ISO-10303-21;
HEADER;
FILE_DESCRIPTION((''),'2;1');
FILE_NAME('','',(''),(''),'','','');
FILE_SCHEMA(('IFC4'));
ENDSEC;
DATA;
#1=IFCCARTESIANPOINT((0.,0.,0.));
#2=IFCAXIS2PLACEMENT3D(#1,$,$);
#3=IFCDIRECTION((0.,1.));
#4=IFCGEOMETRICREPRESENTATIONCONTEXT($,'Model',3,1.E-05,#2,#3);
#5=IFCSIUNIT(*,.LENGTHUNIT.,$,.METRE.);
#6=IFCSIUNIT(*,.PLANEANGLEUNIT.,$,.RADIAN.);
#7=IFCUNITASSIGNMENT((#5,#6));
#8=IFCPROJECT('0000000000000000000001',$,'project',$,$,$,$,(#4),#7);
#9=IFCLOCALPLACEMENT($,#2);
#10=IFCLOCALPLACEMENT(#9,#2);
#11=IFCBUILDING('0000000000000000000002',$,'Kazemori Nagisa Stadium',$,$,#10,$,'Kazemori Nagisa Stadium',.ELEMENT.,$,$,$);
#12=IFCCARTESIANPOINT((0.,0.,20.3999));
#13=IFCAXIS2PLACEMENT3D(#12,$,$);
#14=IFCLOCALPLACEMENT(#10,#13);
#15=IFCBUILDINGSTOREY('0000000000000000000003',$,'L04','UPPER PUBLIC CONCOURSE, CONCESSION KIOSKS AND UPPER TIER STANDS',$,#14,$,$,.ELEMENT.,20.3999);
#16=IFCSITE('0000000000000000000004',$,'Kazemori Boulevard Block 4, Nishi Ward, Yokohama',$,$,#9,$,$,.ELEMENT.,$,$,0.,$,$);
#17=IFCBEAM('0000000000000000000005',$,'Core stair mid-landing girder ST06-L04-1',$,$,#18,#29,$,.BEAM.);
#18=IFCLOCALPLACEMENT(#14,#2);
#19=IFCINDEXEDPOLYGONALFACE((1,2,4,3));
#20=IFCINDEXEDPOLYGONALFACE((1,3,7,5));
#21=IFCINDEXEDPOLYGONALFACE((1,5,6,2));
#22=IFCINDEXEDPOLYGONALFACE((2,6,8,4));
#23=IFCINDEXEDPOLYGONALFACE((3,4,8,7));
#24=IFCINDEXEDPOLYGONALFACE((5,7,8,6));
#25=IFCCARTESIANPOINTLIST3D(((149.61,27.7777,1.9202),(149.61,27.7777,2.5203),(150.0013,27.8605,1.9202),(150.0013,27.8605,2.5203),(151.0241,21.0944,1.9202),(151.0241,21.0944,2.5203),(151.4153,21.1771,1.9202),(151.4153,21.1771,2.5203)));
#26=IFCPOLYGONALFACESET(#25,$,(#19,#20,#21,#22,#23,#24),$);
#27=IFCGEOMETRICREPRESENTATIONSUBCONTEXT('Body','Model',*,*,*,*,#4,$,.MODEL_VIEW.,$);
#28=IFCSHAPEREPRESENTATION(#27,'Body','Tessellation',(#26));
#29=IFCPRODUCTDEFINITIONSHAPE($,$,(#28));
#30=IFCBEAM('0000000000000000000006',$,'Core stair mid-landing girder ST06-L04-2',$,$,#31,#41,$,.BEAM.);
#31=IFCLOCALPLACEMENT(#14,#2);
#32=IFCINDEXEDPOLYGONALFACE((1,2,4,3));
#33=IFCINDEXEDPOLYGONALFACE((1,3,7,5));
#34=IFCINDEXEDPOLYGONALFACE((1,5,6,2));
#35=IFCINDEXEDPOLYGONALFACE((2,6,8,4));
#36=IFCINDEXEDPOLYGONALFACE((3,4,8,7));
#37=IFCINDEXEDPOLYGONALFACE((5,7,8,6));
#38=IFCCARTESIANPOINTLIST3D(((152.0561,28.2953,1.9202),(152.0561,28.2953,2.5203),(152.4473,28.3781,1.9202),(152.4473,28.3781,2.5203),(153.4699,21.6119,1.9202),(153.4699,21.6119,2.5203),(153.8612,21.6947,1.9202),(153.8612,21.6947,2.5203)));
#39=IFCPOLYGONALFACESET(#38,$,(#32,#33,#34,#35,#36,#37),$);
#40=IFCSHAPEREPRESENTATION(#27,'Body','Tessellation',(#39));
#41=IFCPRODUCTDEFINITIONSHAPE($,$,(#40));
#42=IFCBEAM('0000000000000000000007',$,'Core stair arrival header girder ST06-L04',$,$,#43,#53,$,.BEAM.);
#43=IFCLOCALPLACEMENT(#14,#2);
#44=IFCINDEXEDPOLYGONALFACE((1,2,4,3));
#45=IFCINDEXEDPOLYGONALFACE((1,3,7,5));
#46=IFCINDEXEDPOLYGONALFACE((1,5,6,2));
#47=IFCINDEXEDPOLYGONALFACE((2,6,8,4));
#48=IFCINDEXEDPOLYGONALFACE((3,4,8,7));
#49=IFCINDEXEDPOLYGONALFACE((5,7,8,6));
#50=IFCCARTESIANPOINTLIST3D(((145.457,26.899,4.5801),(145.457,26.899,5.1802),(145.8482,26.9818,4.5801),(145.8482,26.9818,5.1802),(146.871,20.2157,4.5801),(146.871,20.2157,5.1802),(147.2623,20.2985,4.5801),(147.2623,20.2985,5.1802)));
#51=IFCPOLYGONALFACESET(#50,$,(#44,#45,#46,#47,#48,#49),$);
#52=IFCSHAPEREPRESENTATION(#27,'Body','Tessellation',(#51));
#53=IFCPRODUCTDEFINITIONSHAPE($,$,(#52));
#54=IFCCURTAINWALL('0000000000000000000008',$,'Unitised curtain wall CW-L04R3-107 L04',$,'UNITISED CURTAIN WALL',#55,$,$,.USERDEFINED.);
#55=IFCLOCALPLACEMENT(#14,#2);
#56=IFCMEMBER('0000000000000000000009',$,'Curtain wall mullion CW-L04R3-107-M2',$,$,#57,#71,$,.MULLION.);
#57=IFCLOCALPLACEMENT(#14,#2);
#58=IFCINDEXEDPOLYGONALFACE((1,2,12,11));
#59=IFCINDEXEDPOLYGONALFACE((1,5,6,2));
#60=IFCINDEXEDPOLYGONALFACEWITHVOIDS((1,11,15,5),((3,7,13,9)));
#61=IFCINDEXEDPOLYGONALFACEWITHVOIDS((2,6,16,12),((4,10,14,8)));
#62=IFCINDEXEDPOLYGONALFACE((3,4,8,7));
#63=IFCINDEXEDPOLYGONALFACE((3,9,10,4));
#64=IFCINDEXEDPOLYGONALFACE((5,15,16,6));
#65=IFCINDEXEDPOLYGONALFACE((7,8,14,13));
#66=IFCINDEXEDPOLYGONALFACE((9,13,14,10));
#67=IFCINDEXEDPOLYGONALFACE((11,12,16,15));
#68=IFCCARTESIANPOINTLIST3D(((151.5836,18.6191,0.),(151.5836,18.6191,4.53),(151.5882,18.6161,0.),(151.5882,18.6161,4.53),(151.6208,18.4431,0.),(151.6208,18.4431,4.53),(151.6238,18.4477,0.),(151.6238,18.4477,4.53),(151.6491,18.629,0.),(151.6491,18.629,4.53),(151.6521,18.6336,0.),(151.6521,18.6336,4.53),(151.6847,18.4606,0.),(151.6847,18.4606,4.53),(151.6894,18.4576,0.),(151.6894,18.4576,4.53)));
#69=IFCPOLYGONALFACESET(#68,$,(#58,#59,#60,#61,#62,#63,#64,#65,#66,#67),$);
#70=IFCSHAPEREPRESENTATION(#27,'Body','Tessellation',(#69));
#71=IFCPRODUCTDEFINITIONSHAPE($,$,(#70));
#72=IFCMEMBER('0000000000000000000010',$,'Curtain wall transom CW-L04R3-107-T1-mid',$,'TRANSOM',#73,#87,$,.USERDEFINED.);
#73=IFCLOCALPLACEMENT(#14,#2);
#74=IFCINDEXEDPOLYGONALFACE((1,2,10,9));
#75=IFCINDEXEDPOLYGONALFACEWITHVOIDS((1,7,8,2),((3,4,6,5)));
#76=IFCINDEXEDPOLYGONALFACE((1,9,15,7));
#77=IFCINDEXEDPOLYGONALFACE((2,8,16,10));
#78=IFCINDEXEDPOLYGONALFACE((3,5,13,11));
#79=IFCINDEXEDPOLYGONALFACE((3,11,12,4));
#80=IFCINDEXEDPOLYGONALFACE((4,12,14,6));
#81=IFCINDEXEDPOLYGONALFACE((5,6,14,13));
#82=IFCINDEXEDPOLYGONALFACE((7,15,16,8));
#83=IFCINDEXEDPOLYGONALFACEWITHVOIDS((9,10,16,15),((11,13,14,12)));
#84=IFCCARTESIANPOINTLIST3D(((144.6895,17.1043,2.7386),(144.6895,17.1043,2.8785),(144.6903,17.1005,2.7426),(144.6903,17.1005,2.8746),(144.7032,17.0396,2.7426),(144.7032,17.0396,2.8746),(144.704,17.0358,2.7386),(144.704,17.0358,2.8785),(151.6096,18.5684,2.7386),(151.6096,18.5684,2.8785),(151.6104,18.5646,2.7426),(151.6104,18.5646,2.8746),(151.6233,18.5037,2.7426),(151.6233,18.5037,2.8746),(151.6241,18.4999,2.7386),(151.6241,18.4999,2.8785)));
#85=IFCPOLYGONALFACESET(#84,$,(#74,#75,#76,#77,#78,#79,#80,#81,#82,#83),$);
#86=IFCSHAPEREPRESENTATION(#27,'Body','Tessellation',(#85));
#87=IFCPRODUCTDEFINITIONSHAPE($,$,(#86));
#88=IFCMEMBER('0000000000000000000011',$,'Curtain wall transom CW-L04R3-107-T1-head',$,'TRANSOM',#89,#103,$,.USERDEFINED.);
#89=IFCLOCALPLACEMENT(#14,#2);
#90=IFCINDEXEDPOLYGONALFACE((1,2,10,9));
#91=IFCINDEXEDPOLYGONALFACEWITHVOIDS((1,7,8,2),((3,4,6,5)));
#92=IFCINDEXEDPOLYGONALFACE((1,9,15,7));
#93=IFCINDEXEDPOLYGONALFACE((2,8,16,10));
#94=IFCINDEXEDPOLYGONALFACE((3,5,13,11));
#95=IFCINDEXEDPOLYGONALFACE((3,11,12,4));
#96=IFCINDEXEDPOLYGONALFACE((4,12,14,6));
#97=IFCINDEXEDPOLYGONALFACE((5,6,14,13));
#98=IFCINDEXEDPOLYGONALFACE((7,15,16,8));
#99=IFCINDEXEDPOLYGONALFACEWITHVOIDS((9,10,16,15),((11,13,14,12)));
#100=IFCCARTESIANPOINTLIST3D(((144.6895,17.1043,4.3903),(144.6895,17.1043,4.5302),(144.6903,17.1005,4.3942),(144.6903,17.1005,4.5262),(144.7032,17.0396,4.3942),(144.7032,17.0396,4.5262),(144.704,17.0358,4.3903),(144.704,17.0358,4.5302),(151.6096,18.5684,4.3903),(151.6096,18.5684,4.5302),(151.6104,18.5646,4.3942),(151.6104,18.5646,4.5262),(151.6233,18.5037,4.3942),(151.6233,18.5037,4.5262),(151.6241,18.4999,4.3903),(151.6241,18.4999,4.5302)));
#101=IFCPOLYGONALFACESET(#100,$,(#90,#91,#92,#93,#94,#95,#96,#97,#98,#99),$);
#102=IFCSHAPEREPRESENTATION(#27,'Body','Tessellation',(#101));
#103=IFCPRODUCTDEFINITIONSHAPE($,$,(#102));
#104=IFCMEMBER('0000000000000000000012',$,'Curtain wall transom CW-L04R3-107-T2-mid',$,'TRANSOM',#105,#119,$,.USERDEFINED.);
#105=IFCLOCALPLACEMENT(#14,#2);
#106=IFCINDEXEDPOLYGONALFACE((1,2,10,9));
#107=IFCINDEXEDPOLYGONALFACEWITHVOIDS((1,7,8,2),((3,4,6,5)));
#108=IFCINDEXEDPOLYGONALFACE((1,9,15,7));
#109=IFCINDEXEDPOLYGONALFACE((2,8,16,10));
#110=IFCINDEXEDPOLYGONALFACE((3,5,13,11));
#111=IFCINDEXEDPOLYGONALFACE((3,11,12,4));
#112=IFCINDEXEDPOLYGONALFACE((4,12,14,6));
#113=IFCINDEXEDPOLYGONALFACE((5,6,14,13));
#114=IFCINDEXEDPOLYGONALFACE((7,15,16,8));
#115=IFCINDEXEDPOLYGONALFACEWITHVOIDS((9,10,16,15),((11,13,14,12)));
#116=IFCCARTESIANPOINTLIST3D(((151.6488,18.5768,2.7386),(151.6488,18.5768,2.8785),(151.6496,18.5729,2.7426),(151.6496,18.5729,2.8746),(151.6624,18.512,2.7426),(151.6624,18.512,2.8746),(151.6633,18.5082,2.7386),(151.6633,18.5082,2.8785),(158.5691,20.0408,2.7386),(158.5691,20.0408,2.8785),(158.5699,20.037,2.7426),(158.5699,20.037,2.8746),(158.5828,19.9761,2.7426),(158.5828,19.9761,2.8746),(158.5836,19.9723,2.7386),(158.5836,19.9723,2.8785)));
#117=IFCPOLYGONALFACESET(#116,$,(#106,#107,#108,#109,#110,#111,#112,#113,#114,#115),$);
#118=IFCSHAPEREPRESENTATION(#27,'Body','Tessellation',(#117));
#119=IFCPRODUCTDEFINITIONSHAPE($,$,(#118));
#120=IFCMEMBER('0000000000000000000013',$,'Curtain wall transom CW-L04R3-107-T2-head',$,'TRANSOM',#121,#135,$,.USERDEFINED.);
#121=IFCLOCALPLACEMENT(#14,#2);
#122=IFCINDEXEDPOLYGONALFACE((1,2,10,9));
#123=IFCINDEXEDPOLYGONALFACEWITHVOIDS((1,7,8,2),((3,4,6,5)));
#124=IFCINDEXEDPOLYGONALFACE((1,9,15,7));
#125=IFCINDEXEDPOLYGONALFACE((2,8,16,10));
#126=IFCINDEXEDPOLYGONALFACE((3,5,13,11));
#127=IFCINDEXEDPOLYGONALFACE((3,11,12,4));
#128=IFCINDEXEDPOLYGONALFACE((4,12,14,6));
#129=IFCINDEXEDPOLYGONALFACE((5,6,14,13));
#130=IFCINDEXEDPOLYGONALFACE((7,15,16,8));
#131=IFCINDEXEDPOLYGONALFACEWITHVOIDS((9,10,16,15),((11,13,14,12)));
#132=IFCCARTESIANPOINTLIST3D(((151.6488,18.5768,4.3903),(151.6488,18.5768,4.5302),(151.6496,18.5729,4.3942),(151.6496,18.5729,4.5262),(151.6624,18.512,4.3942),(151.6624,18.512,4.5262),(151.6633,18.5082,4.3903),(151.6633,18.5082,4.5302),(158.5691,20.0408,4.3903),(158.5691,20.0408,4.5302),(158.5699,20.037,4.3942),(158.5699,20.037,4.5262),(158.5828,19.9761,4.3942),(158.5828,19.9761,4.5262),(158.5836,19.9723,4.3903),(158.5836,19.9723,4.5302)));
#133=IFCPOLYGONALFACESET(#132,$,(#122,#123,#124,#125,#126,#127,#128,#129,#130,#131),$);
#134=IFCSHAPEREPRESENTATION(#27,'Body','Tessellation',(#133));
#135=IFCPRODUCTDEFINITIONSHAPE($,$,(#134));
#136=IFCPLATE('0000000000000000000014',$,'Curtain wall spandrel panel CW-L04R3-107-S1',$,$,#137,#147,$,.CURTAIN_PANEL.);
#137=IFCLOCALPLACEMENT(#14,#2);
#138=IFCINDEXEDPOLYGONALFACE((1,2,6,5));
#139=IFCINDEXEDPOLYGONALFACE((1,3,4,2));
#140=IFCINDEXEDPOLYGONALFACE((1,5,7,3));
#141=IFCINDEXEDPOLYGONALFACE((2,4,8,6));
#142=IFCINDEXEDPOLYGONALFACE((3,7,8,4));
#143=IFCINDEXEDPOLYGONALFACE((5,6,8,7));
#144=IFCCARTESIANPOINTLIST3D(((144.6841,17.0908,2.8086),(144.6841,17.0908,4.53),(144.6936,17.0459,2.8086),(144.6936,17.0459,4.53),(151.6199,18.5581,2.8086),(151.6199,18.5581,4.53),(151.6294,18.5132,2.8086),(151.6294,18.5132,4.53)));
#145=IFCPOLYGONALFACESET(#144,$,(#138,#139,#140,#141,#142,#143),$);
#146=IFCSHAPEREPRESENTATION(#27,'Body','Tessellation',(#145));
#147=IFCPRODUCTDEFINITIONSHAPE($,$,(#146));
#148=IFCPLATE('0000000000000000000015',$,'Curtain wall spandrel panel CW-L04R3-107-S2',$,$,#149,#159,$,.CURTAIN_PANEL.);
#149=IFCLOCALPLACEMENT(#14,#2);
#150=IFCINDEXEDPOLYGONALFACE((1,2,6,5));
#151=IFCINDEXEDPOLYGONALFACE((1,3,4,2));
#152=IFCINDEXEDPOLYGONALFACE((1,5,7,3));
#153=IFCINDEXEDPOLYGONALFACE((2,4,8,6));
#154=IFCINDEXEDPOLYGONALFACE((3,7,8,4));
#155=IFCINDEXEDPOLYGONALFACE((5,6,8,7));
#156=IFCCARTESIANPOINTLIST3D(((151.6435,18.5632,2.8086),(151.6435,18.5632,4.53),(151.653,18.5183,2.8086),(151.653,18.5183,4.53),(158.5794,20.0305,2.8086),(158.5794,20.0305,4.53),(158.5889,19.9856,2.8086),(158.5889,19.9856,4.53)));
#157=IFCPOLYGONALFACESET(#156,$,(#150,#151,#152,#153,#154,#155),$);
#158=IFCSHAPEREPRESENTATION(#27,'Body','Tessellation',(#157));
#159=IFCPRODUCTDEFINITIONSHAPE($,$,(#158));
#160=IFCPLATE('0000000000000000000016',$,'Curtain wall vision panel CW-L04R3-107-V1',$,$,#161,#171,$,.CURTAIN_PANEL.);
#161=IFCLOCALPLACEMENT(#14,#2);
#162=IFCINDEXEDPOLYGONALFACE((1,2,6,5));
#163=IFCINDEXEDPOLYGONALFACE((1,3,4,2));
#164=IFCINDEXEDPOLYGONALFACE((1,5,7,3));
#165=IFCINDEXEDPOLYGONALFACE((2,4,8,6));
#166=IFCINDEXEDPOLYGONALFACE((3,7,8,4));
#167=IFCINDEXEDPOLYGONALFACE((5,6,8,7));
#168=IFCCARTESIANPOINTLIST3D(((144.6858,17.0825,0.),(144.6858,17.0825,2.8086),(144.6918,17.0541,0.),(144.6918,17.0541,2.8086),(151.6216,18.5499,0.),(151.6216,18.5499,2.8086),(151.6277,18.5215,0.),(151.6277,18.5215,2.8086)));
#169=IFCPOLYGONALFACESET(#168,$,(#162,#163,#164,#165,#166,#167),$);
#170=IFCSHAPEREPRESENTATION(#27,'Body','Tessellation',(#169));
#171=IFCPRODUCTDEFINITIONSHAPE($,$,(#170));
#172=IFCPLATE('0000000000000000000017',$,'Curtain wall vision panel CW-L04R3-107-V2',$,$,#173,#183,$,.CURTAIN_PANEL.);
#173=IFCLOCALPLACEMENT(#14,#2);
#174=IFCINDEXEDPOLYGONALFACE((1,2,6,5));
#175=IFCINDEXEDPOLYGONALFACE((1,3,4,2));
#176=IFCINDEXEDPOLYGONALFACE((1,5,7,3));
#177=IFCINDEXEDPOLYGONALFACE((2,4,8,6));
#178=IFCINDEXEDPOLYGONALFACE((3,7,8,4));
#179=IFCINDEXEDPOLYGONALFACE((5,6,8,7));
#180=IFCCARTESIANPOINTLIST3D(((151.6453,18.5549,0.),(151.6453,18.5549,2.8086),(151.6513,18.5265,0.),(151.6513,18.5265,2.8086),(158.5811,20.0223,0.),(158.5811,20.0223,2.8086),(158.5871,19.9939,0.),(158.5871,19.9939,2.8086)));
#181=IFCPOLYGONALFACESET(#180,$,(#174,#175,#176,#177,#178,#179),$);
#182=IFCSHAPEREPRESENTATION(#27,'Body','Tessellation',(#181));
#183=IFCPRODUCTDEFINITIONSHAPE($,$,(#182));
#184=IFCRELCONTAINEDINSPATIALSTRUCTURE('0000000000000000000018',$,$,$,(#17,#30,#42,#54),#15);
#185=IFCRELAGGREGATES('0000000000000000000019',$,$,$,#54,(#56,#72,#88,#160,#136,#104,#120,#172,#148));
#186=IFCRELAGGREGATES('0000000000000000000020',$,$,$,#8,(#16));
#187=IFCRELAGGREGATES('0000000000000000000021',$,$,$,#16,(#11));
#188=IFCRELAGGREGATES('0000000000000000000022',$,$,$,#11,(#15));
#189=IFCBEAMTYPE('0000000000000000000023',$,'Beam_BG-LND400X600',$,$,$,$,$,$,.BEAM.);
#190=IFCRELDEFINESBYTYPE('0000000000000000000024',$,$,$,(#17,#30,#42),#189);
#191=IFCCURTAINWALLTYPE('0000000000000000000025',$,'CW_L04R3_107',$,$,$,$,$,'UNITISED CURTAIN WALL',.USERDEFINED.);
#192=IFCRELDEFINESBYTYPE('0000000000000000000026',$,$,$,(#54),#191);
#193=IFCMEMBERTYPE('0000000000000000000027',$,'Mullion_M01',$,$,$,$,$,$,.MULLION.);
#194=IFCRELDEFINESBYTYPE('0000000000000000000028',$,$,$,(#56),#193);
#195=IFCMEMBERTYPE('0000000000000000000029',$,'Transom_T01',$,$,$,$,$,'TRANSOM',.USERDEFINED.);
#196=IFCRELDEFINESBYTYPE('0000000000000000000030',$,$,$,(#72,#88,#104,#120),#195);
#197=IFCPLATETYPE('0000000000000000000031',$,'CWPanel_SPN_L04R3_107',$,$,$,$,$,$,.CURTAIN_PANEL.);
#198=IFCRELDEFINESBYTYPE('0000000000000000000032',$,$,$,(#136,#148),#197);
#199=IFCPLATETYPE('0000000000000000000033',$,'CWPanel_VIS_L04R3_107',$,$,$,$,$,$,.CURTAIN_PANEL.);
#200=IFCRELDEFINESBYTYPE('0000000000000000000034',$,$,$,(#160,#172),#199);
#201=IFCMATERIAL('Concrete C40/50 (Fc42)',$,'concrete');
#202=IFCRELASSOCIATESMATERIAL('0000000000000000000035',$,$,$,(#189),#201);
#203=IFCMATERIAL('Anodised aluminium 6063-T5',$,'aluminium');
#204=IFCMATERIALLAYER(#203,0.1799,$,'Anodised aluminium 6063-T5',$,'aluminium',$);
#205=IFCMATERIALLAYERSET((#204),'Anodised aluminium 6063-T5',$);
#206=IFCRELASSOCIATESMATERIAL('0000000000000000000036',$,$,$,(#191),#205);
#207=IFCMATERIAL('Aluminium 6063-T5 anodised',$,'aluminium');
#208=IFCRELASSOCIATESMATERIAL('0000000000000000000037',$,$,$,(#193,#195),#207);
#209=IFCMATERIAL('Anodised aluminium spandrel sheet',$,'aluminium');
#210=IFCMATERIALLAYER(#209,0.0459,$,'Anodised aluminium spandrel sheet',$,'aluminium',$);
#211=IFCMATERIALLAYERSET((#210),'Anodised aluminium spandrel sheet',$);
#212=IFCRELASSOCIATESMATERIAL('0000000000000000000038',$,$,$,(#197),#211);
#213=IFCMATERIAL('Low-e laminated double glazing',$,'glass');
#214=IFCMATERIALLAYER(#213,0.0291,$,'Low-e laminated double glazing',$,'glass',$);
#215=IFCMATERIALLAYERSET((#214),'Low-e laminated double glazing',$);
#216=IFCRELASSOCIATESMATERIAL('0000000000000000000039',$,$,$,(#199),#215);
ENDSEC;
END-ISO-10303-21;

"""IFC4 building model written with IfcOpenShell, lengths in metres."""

from ifc_helpers import new_model, si_unit, direction, frame, origin, origin_2d, place, context, subcontext, project, spatial, rectangle, hollow_rectangle, extrude, material, layer, layer_set, material_profile, profile_set, type_object, element, aggregate, save


model = new_model("IFC4")

# Units and contexts
model_context = context("Model", 3, precision=1e-05, world=origin(), true_north=direction((0.0, 1.0)))
body_context = subcontext(model_context, "Body", "Model", "MODEL_VIEW")
ifc_project = project(units=[si_unit("LENGTHUNIT", "METRE"), si_unit("PLANEANGLEUNIT", "RADIAN")], contexts=[model_context])

# Site, building, storey
site_placement = place(None, origin())
site = spatial("IfcSite", under=ifc_project, at=site_placement, Name="Kazemori Boulevard Block 4, Nishi Ward, Yokohama", CompositionType="ELEMENT", RefElevation=0.0)
building_placement = place(site_placement, origin())
building = spatial("IfcBuilding", under=site, at=building_placement, Name="Kazemori Nagisa Stadium", LongName="Kazemori Nagisa Stadium", CompositionType="ELEMENT")
storey_placement = place(building_placement, frame((0.0, 0.0, 20.3999)))
storey = spatial("IfcBuildingStorey", under=building, at=storey_placement, Name="L04", Description="UPPER PUBLIC CONCOURSE, CONCESSION KIOSKS AND UPPER TIER STANDS", CompositionType="ELEMENT", Elevation=20.3999)

# Beams
ifc_material_1 = material(Name="Concrete C40/50 (Fc42)", Category="concrete")
ifc_material_profile_1 = material_profile(ifc_material_1, rectangle(XDim=0.3999, YDim=0.6001, at=origin_2d()), Name="RC-BM-400x600")
ifc_profile_set_1 = profile_set([ifc_material_profile_1], Name="Concrete C40/50 (Fc42)")
beam_type = type_object("IfcBeamType", Name="Beam_BG-LND400X600", PredefinedType="BEAM", material=ifc_profile_set_1)
for number, where, z_axis, x_axis, name in (
    (1, (149.8057, 27.8191, 2.2202), (0.206997, -0.978341, 0.0), (0.978341, 0.206997, 0.0), "Core stair mid-landing girder ST06-L04-1"),
    (2, (152.2517, 28.3367, 2.2202), (0.206963, -0.978349, 0.0), (0.978349, 0.206963, 0.0), "Core stair mid-landing girder ST06-L04-2"),
    (3, (145.6526, 26.9404, 4.8801), (0.206997, -0.978341, 0.0), (0.978341, 0.206997, 0.0), "Core stair arrival header girder ST06-L04"),
):
    element("IfcBeam", number, at=place(storey_placement, frame(where, z_axis=z_axis, x_axis=x_axis)), inside=storey, type_object=beam_type, Name=name, PredefinedType="BEAM", context=body_context, shape_type="SweptSolid", body=[
        extrude(rectangle(XDim=0.3999, YDim=0.6001, at=origin_2d()), origin(), (0.0, 0.0, 1.0), 6.8313),
    ])

# Curtain wall, members, plates
ifc_material_2 = material(Name="Anodised aluminium 6063-T5", Category="aluminium")
ifc_layer_1 = layer(ifc_material_2, 0.1799, Name="Anodised aluminium 6063-T5", Category="aluminium")
ifc_layer_set_1 = layer_set([ifc_layer_1], Name="Anodised aluminium 6063-T5")
curtain_wall_type = type_object("IfcCurtainWallType", Name="CW_L04R3_107", ElementType="UNITISED CURTAIN WALL", PredefinedType="USERDEFINED", material=ifc_layer_set_1)
curtain_wall_placement = place(storey_placement, origin())
curtain_wall = element("IfcCurtainWall", 4, at=curtain_wall_placement, inside=storey, type_object=curtain_wall_type, Name="Unitised curtain wall CW-L04R3-107 L04", ObjectType="UNITISED CURTAIN WALL", PredefinedType="USERDEFINED")
ifc_material_3 = material(Name="Aluminium 6063-T5 anodised", Category="aluminium")
ifc_material_profile_2 = material_profile(ifc_material_3, hollow_rectangle(XDim=0.0701, YDim=0.1799, WallThickness=0.0039, at=origin_2d()), Name="ALU-MULL-70x180x4")
ifc_profile_set_2 = profile_set([ifc_material_profile_2], Name="Aluminium 6063-T5 anodised")
member_type_1 = type_object("IfcMemberType", Name="Mullion_M01", PredefinedType="MULLION", material=ifc_profile_set_2)
member_1_placement = place(storey_placement, frame((151.6365, 18.5383, 0.0), z_axis=(0.0, 0.0, 1.0), x_axis=(0.978345, 0.206981, 0.0)))
member_1 = element("IfcMember", 5, at=member_1_placement, type_object=member_type_1, Name="Curtain wall mullion CW-L04R3-107-M2", PredefinedType="MULLION", context=body_context, shape_type="SweptSolid", body=[
    extrude(hollow_rectangle(XDim=0.0701, YDim=0.1799, WallThickness=0.0039, at=origin_2d()), origin(), (0.0, 0.0, 1.0), 4.53),
])
ifc_material_profile_3 = material_profile(ifc_material_3, hollow_rectangle(XDim=0.0701, YDim=0.1399, WallThickness=0.0039, at=origin_2d()), Name="ALU-TRAN-70x140x4")
ifc_profile_set_3 = profile_set([ifc_material_profile_3], Name="Aluminium 6063-T5 anodised")
member_type_2 = type_object("IfcMemberType", Name="Transom_T01", ElementType="TRANSOM", PredefinedType="USERDEFINED", material=ifc_profile_set_3)
member_2_placement = place(storey_placement, frame((144.6968, 17.0701, 2.8086), z_axis=(0.978343, 0.20699, 0.0), x_axis=(-0.20699, 0.978343, 0.0)))
member_2 = element("IfcMember", 6, at=member_2_placement, type_object=member_type_2, Name="Curtain wall transom CW-L04R3-107-T1-mid", ObjectType="TRANSOM", PredefinedType="USERDEFINED", context=body_context, shape_type="SweptSolid", body=[
    extrude(hollow_rectangle(XDim=0.0701, YDim=0.1399, WallThickness=0.0039, at=origin_2d()), origin(), (0.0, 0.0, 1.0), 7.0732),
])
member_3_placement = place(storey_placement, frame((144.6968, 17.0701, 4.4602), z_axis=(0.978343, 0.20699, 0.0), x_axis=(-0.20699, 0.978343, 0.0)))
member_3 = element("IfcMember", 7, at=member_3_placement, type_object=member_type_2, Name="Curtain wall transom CW-L04R3-107-T1-head", ObjectType="TRANSOM", PredefinedType="USERDEFINED", context=body_context, shape_type="SweptSolid", body=[
    extrude(hollow_rectangle(XDim=0.0701, YDim=0.1399, WallThickness=0.0039, at=origin_2d()), origin(), (0.0, 0.0, 1.0), 7.0732),
])
member_4_placement = place(storey_placement, frame((151.656, 18.5425, 2.8086), z_axis=(0.978345, 0.206983, 0.0), x_axis=(-0.206983, 0.978345, 0.0)))
member_4 = element("IfcMember", 8, at=member_4_placement, type_object=member_type_2, Name="Curtain wall transom CW-L04R3-107-T2-mid", ObjectType="TRANSOM", PredefinedType="USERDEFINED", context=body_context, shape_type="SweptSolid", body=[
    extrude(hollow_rectangle(XDim=0.0701, YDim=0.1399, WallThickness=0.0039, at=origin_2d()), origin(), (0.0, 0.0, 1.0), 7.0735),
])
member_5_placement = place(storey_placement, frame((151.656, 18.5425, 4.4602), z_axis=(0.978345, 0.206983, 0.0), x_axis=(-0.206983, 0.978345, 0.0)))
member_5 = element("IfcMember", 9, at=member_5_placement, type_object=member_type_2, Name="Curtain wall transom CW-L04R3-107-T2-head", ObjectType="TRANSOM", PredefinedType="USERDEFINED", context=body_context, shape_type="SweptSolid", body=[
    extrude(hollow_rectangle(XDim=0.0701, YDim=0.1399, WallThickness=0.0039, at=origin_2d()), origin(), (0.0, 0.0, 1.0), 7.0735),
])
ifc_material_4 = material(Name="Anodised aluminium spandrel sheet", Category="aluminium")
ifc_layer_2 = layer(ifc_material_4, 0.0459, Name="Anodised aluminium spandrel sheet", Category="aluminium")
ifc_layer_set_2 = layer_set([ifc_layer_2], Name="Anodised aluminium spandrel sheet")
plate_type_1 = type_object("IfcPlateType", Name="CWPanel_SPN_L04R3_107", PredefinedType="CURTAIN_PANEL", material=ifc_layer_set_2)
plate_1_placement = place(storey_placement, frame((148.1567, 17.802, 2.8086), z_axis=(0.0, 0.0, 1.0), x_axis=(0.978345, 0.206981, 0.0)))
plate_1 = element("IfcPlate", 10, at=plate_1_placement, type_object=plate_type_1, Name="Curtain wall spandrel panel CW-L04R3-107-S1", PredefinedType="CURTAIN_PANEL", context=body_context, shape_type="SweptSolid", body=[
    extrude(rectangle(XDim=7.0894, YDim=0.0459, at=origin_2d()), origin(), (0.0, 0.0, 1.0), 1.7214),
])
plate_2_placement = place(storey_placement, frame((155.1162, 19.2744, 2.8086), z_axis=(0.0, 0.0, 1.0), x_axis=(0.978345, 0.206981, 0.0)))
plate_2 = element("IfcPlate", 11, at=plate_2_placement, type_object=plate_type_1, Name="Curtain wall spandrel panel CW-L04R3-107-S2", PredefinedType="CURTAIN_PANEL", context=body_context, shape_type="SweptSolid", body=[
    extrude(rectangle(XDim=7.0894, YDim=0.0459, at=origin_2d()), origin(), (0.0, 0.0, 1.0), 1.7214),
])
ifc_material_5 = material(Name="Low-e laminated double glazing", Category="glass")
ifc_layer_3 = layer(ifc_material_5, 0.0291, Name="Low-e laminated double glazing", Category="glass")
ifc_layer_set_3 = layer_set([ifc_layer_3], Name="Low-e laminated double glazing")
plate_type_2 = type_object("IfcPlateType", Name="CWPanel_VIS_L04R3_107", PredefinedType="CURTAIN_PANEL", material=ifc_layer_set_3)
plate_3_placement = place(storey_placement, frame((148.1567, 17.802, 0.0), z_axis=(0.0, 0.0, 1.0), x_axis=(0.978345, 0.206981, 0.0)))
plate_3 = element("IfcPlate", 12, at=plate_3_placement, type_object=plate_type_2, Name="Curtain wall vision panel CW-L04R3-107-V1", PredefinedType="CURTAIN_PANEL", context=body_context, shape_type="SweptSolid", body=[
    extrude(rectangle(XDim=7.0894, YDim=0.0291, at=origin_2d()), origin(), (0.0, 0.0, 1.0), 2.8086),
])
plate_4_placement = place(storey_placement, frame((155.1162, 19.2744, 0.0), z_axis=(0.0, 0.0, 1.0), x_axis=(0.978345, 0.206981, 0.0)))
plate_4 = element("IfcPlate", 13, at=plate_4_placement, type_object=plate_type_2, Name="Curtain wall vision panel CW-L04R3-107-V2", PredefinedType="CURTAIN_PANEL", context=body_context, shape_type="SweptSolid", body=[
    extrude(rectangle(XDim=7.0894, YDim=0.0291, at=origin_2d()), origin(), (0.0, 0.0, 1.0), 2.8086),
])
aggregate(curtain_wall, [member_1, member_2, member_3, plate_3, plate_1, member_4, member_5, plate_4, plate_2])

save(model, "model.ifc")
